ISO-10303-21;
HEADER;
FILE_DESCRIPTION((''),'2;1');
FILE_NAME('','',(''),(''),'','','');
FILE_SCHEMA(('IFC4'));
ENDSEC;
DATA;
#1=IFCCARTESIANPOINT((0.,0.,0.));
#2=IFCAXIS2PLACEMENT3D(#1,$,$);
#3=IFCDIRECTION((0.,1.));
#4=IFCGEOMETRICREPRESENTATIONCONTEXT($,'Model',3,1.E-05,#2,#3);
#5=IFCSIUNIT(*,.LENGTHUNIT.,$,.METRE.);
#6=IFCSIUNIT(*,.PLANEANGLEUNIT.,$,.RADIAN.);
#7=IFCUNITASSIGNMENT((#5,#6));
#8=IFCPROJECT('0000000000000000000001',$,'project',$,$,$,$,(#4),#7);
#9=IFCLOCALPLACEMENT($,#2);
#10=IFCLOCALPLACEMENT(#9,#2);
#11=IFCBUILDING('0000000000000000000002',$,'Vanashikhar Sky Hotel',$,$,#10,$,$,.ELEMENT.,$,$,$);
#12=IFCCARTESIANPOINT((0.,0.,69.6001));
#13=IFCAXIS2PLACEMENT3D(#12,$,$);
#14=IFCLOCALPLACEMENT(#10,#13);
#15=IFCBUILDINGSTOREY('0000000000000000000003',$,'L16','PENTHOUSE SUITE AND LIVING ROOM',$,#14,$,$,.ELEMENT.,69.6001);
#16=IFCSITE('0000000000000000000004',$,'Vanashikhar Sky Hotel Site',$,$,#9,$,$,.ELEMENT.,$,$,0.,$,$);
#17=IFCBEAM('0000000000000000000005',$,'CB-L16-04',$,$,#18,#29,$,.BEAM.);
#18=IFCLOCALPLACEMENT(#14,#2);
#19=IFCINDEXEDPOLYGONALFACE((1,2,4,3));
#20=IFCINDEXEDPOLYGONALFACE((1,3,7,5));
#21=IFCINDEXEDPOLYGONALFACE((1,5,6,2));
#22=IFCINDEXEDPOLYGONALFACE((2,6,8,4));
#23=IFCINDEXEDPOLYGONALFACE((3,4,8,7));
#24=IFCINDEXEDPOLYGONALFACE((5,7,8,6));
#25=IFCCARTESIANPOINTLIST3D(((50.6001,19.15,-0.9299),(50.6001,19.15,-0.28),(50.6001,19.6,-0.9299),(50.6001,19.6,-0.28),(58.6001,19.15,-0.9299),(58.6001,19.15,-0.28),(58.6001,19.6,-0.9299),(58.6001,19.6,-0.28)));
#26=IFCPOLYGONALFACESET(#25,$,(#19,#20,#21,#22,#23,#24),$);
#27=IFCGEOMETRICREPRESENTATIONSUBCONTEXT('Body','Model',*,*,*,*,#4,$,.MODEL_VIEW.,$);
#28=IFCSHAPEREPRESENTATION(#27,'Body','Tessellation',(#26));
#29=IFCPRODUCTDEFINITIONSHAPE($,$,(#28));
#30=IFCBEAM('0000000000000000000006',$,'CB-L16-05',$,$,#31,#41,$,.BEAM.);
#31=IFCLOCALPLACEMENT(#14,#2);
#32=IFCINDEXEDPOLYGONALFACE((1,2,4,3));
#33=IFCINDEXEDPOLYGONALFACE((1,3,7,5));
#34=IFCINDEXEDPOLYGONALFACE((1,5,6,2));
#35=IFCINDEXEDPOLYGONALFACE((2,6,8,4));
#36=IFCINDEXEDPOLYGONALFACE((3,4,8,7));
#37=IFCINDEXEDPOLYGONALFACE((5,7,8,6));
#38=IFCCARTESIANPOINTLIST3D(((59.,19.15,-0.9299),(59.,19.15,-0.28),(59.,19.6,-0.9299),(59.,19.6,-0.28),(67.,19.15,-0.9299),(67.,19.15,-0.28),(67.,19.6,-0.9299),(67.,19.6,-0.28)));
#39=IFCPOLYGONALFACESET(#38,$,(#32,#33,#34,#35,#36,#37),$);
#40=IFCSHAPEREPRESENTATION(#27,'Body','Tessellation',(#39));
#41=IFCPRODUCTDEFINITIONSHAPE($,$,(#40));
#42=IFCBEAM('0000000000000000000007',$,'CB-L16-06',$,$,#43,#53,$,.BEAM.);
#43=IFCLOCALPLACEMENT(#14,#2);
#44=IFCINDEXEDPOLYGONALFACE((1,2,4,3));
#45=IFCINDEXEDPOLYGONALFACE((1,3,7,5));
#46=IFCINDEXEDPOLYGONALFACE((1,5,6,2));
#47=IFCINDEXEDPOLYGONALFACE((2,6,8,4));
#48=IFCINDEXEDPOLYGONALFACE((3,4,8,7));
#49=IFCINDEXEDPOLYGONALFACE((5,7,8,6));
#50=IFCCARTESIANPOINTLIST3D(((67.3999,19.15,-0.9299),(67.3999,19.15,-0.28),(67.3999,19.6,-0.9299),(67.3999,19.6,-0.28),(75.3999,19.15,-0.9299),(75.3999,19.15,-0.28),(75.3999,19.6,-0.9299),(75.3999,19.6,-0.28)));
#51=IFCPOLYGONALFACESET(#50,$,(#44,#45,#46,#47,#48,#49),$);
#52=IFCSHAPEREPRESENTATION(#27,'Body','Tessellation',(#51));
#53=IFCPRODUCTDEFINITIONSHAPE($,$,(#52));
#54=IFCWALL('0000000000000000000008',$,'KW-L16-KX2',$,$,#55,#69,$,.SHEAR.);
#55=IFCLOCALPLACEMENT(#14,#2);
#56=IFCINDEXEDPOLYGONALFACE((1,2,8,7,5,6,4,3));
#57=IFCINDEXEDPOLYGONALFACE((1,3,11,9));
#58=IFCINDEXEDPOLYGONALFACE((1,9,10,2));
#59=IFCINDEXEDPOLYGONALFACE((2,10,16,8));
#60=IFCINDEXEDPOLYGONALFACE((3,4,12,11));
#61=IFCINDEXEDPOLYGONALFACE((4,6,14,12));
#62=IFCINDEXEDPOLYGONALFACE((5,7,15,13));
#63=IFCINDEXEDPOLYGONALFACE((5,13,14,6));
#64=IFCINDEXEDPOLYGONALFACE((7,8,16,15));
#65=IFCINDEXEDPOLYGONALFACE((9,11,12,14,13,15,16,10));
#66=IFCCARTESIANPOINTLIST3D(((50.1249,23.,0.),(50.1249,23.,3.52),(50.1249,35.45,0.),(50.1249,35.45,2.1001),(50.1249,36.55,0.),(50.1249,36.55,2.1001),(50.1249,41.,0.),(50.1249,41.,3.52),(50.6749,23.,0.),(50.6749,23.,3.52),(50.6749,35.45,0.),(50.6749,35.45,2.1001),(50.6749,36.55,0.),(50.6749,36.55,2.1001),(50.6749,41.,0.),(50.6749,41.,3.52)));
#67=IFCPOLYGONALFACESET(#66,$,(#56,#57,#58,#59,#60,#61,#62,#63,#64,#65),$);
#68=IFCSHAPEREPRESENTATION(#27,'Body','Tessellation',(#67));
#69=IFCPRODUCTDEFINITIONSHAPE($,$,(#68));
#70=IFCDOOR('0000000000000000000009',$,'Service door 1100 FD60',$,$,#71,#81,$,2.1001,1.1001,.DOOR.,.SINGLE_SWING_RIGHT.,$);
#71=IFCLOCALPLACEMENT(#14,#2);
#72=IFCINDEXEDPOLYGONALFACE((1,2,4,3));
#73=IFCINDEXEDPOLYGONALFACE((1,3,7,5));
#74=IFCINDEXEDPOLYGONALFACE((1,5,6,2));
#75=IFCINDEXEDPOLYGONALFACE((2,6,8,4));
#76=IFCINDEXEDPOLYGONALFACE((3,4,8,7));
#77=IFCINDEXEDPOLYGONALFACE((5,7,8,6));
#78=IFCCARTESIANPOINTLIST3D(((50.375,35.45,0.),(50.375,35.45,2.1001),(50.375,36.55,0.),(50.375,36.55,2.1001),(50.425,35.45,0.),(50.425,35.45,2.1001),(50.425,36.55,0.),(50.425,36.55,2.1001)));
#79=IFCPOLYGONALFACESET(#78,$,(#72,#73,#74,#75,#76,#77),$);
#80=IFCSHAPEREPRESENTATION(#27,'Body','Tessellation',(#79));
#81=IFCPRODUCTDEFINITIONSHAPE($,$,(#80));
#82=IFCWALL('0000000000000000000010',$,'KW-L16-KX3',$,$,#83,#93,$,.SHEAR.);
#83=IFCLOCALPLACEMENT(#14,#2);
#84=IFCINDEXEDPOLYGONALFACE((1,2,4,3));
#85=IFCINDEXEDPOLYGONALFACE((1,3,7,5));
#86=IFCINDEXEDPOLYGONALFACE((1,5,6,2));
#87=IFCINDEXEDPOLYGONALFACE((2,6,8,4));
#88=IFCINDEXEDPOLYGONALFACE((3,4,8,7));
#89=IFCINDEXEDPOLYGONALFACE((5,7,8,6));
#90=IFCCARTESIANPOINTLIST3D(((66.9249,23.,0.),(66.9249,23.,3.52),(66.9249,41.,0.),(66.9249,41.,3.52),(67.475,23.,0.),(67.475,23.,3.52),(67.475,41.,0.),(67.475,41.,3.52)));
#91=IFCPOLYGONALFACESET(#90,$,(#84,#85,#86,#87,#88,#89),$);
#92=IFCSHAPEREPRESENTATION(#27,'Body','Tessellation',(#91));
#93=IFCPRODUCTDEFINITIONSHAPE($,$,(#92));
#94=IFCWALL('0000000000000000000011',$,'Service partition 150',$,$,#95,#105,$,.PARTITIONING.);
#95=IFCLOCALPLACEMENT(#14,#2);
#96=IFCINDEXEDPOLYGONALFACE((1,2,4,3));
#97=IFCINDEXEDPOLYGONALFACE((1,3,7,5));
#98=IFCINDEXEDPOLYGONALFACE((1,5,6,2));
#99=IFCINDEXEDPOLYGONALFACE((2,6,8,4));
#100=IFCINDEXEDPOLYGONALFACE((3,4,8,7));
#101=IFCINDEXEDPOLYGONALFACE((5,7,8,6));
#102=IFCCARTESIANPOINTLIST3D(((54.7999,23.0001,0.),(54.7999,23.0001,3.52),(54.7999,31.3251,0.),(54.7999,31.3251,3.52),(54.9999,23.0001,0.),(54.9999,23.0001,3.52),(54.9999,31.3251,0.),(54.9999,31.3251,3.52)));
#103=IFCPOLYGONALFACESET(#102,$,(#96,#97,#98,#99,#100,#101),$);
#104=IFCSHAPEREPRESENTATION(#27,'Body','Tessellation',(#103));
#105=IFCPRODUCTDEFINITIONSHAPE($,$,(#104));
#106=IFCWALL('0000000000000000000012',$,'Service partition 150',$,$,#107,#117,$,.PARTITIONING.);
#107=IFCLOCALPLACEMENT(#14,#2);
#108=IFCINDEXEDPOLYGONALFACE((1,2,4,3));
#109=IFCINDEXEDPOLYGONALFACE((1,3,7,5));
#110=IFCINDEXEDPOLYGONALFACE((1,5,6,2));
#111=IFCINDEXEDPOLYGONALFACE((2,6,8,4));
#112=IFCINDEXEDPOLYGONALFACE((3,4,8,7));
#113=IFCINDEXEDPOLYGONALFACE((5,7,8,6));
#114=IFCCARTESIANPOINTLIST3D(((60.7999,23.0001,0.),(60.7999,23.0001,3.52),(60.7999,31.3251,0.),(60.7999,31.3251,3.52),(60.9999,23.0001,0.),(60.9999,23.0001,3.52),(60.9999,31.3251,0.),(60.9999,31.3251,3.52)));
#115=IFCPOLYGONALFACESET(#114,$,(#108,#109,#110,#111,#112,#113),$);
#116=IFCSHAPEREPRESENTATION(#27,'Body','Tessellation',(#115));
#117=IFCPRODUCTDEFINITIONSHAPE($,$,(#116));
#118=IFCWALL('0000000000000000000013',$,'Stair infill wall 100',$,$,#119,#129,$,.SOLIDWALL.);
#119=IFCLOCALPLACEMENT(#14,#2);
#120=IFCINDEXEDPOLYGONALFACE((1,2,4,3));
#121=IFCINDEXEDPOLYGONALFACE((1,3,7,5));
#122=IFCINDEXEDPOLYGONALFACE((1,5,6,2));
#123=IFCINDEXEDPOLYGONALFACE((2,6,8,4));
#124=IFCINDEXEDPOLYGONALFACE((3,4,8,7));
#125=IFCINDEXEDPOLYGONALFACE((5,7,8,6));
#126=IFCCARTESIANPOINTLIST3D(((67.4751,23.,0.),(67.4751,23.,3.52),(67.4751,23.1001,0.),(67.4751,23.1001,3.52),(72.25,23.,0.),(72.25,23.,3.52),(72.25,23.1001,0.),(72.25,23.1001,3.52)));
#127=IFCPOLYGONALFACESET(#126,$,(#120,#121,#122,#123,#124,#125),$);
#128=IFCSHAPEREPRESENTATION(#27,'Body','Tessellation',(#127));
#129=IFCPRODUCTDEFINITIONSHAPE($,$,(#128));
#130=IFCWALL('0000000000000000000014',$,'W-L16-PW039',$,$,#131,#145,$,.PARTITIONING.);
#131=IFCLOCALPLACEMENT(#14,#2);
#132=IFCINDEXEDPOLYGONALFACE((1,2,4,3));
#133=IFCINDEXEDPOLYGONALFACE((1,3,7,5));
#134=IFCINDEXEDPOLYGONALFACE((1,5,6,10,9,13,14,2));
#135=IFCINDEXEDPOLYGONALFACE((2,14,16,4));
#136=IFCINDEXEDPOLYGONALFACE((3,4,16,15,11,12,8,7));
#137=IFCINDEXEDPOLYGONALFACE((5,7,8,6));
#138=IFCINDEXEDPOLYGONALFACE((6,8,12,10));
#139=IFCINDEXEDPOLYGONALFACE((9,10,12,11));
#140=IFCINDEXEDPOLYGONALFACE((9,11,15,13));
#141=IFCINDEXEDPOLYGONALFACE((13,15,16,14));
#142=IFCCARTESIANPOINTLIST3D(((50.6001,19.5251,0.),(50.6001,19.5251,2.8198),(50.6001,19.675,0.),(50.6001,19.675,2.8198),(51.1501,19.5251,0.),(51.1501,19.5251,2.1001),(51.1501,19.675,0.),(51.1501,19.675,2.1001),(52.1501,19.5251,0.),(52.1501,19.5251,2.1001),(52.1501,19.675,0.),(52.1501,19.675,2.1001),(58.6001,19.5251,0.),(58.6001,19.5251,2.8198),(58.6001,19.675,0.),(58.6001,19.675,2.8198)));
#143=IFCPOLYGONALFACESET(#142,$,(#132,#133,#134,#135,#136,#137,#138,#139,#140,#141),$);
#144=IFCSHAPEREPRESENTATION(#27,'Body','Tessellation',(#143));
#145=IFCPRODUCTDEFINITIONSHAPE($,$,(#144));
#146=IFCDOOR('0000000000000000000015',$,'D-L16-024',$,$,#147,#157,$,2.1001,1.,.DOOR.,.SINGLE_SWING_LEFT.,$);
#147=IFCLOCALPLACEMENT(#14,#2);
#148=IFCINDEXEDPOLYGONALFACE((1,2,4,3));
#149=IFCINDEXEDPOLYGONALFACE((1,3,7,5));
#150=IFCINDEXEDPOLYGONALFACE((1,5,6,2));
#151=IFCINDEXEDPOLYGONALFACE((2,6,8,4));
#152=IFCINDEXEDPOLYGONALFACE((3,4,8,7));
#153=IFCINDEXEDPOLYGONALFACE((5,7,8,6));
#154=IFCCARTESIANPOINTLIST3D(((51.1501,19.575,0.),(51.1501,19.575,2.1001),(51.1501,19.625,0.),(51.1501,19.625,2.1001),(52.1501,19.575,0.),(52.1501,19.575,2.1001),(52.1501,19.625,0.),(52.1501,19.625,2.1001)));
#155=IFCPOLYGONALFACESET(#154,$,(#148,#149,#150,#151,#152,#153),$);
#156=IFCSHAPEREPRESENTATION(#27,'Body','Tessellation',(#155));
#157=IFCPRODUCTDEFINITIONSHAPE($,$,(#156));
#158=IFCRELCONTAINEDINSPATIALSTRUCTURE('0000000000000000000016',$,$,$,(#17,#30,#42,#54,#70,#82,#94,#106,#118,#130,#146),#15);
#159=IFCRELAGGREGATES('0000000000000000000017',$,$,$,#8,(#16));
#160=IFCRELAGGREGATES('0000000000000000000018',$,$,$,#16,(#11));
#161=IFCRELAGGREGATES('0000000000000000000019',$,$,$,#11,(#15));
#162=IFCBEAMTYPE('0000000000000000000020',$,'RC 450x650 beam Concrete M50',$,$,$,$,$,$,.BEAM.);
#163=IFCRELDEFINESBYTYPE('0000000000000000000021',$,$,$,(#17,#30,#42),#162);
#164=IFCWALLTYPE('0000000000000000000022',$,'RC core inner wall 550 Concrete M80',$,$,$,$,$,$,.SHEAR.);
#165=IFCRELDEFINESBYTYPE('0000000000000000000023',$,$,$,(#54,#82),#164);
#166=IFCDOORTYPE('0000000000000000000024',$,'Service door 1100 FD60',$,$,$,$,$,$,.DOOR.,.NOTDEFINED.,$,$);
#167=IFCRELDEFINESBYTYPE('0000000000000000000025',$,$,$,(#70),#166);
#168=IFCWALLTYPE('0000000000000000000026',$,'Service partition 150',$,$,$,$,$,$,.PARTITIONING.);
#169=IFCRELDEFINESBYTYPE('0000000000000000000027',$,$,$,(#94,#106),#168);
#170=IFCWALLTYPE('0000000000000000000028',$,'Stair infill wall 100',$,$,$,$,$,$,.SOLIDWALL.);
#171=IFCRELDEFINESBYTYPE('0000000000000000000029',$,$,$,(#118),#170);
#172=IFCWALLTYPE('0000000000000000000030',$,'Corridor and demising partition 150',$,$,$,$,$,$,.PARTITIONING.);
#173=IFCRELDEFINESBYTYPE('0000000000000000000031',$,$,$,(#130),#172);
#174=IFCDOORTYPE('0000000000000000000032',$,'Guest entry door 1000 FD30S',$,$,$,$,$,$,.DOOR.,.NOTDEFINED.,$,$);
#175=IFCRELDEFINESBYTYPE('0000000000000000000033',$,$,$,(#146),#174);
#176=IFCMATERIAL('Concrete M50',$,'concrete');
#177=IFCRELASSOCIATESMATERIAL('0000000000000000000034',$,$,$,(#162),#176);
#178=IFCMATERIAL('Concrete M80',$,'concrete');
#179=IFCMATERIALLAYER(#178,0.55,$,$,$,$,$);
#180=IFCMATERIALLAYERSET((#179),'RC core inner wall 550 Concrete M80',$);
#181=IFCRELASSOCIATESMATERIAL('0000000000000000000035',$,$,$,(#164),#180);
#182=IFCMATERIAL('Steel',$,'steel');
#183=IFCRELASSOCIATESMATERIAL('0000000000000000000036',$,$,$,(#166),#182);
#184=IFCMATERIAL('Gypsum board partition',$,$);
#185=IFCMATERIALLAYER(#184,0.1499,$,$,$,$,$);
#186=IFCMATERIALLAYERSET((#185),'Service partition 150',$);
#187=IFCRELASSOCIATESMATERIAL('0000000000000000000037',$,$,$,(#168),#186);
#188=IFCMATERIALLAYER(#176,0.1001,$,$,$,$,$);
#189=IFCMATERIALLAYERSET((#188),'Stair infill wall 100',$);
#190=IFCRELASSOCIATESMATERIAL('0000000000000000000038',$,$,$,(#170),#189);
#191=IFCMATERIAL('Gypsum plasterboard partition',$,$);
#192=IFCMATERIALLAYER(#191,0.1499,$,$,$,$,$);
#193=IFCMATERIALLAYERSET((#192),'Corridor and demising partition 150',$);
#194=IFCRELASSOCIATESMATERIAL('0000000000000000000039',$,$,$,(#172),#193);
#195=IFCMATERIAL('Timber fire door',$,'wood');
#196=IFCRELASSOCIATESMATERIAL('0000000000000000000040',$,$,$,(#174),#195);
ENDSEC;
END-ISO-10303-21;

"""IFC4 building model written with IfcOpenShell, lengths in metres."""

from ifc_helpers import new_model, si_unit, direction, frame, frame_2d, origin, origin_2d, place, context, subcontext, project, spatial, rectangle, extrude, source, transform, mapped, material, layer, layer_set, material_profile, profile_set, type_object, element, fill, save


model = new_model("IFC4")

# Units and contexts
model_context = context("Model", 3, precision=1e-05, world=origin(), true_north=direction((0.0, 1.0)))
body_context = subcontext(model_context, "Body", "Model", "MODEL_VIEW")
ifc_project = project(units=[si_unit("LENGTHUNIT", "METRE"), si_unit("PLANEANGLEUNIT", "RADIAN")], contexts=[model_context])

# Site, building, storey
site_placement = place(None, origin())
site = spatial("IfcSite", under=ifc_project, at=site_placement, Name="Vanashikhar Sky Hotel Site", CompositionType="ELEMENT", RefElevation=0.0)
building_placement = place(site_placement, origin())
building = spatial("IfcBuilding", under=site, at=building_placement, Name="Vanashikhar Sky Hotel", CompositionType="ELEMENT")
storey_placement = place(building_placement, frame((0.0, 0.0, 69.6001)))
storey = spatial("IfcBuildingStorey", under=building, at=storey_placement, Name="L16", Description="PENTHOUSE SUITE AND LIVING ROOM", CompositionType="ELEMENT", Elevation=69.6001)

# Beams
ifc_material_1 = material(Name="Concrete M50", Category="concrete")
ifc_material_profile = material_profile(ifc_material_1, rectangle(XDim=0.45, YDim=0.6499, at=origin_2d()))
ifc_profile_set = profile_set([ifc_material_profile], Name="RC 450x650 beam Concrete M50")
beam_type = type_object("IfcBeamType", Name="RC 450x650 beam Concrete M50", PredefinedType="BEAM", material=ifc_profile_set)
shared_shape_1 = source(origin(), body_context, "Body", "SweptSolid", [
    extrude(rectangle(XDim=0.45, YDim=0.6499, at=origin_2d()), origin(), (0.0, 0.0, 1.0), 8.0),
])
for number, where, z_axis, x_axis, name in (
    (1, (50.6001, 19.375, -0.605), (1.0, 0.0, 0.0), (0.0, 1.0, 0.0), "CB-L16-04"),
    (2, (59.0, 19.375, -0.605), (1.0, 0.0, 0.0), (0.0, 1.0, 0.0), "CB-L16-05"),
    (3, (67.3999, 19.375, -0.605), (1.0, 0.0, 0.0), (0.0, 1.0, 0.0), "CB-L16-06"),
):
    element("IfcBeam", number, at=place(storey_placement, frame(where, z_axis=z_axis, x_axis=x_axis)), inside=storey, type_object=beam_type, Name=name, PredefinedType="BEAM", context=body_context, shape_type="MappedRepresentation", body=[
        mapped(shared_shape_1, transform((0.0, 0.0, 0.0), scale=1.0)),
    ])

# Wall, opening, door
ifc_material_2 = material(Name="Concrete M80", Category="concrete")
ifc_layer_1 = layer(ifc_material_2, 0.55)
ifc_layer_set_1 = layer_set([ifc_layer_1], Name="RC core inner wall 550 Concrete M80")
wall_type_1 = type_object("IfcWallType", Name="RC core inner wall 550 Concrete M80", PredefinedType="SHEAR", material=ifc_layer_set_1)
shared_shape_2 = source(origin(), body_context, "Body", "SweptSolid", [
    extrude(rectangle(XDim=18.0, YDim=0.55, at=frame_2d((9.0, 0.0))), origin(), (0.0, 0.0, 1.0), 3.52),
])
wall_1_placement = place(storey_placement, frame((50.3999, 23.0, 0.0), z_axis=(0.0, 0.0, 1.0), x_axis=(0.0, 1.0, 0.0)))
wall_1 = element("IfcWall", 4, at=wall_1_placement, inside=storey, type_object=wall_type_1, Name="KW-L16-KX2", PredefinedType="SHEAR", context=body_context, shape_type="MappedRepresentation", body=[
    mapped(shared_shape_2, transform((0.0, 0.0, 0.0), scale=1.0)),
])
shared_shape_3 = source(origin(), body_context, "Body", "SweptSolid", [
    extrude(rectangle(XDim=1.1001, YDim=2.1001, at=frame_2d((0.55, 1.05))), frame((0.0, 0.2852, 0.0), z_axis=(0.0, -1.0, 0.0), x_axis=(1.0, 0.0, 0.0)), (0.0, 0.0, 1.0), 0.5701),
])
opening_1_placement = place(wall_1_placement, frame((12.45, 0.0, 0.0)))
opening_1 = element("IfcOpeningElement", 5, at=opening_1_placement, cuts=wall_1, PredefinedType="OPENING", context=body_context, shape_type="MappedRepresentation", body=[
    mapped(shared_shape_3, transform((0.0, 0.0, 0.0), scale=1.0)),
])
ifc_material_3 = material(Name="Steel", Category="steel")
door_type_1 = type_object("IfcDoorType", Name="Service door 1100 FD60", OperationType="NOTDEFINED", PredefinedType="DOOR", material=ifc_material_3)
shared_shape_4 = source(origin(), body_context, "Body", "SweptSolid", [
    extrude(rectangle(XDim=1.1001, YDim=2.1001, at=frame_2d((0.55, 1.05))), frame((0.0, 0.0249, 0.0), z_axis=(0.0, -1.0, 0.0), x_axis=(1.0, 0.0, 0.0)), (0.0, 0.0, 1.0), 0.05),
])
door_1_placement = place(opening_1_placement, origin())
door_1 = element("IfcDoor", 6, at=door_1_placement, inside=storey, type_object=door_type_1, Name="Service door 1100 FD60", OperationType="SINGLE_SWING_RIGHT", OverallHeight=2.1001, OverallWidth=1.1001, PredefinedType="DOOR", context=body_context, shape_type="MappedRepresentation", body=[
    mapped(shared_shape_4, transform((0.0, 0.0, 0.0), scale=1.0)),
])
fill(opening_1, door_1)

# Walls
wall_2_placement = place(storey_placement, frame((67.2, 23.0, 0.0), z_axis=(0.0, 0.0, 1.0), x_axis=(0.0, 1.0, 0.0)))
element("IfcWall", 7, at=wall_2_placement, inside=storey, type_object=wall_type_1, Name="KW-L16-KX3", PredefinedType="SHEAR", context=body_context, shape_type="MappedRepresentation", body=[
    mapped(shared_shape_2, transform((0.0, 0.0, 0.0), scale=1.0)),
])
ifc_material_4 = material(Name="Gypsum board partition")
ifc_layer_2 = layer(ifc_material_4, 0.1499)
ifc_layer_set_2 = layer_set([ifc_layer_2], Name="Service partition 150")
wall_type_2 = type_object("IfcWallType", Name="Service partition 150", PredefinedType="PARTITIONING", material=ifc_layer_set_2)
shared_shape_5 = source(origin(), body_context, "Body", "SweptSolid", [
    extrude(rectangle(XDim=8.325, YDim=0.2, at=frame_2d((4.1626, 0.0))), origin(), (0.0, 0.0, 1.0), 3.52),
])
for number, where, z_axis, x_axis, name in (
    (8, (54.8999, 23.0, 0.0), (0.0, 0.0, 1.0), (0.0, 1.0, 0.0), "Service partition 150"),
    (9, (60.8999, 23.0, 0.0), (0.0, 0.0, 1.0), (0.0, 1.0, 0.0), "Service partition 150"),
):
    element("IfcWall", number, at=place(storey_placement, frame(where, z_axis=z_axis, x_axis=x_axis)), inside=storey, type_object=wall_type_2, Name=name, PredefinedType="PARTITIONING", context=body_context, shape_type="MappedRepresentation", body=[
        mapped(shared_shape_5, transform((0.0, 0.0, 0.0), scale=1.0)),
    ])
ifc_layer_3 = layer(ifc_material_1, 0.1001)
ifc_layer_set_3 = layer_set([ifc_layer_3], Name="Stair infill wall 100")
wall_type_3 = type_object("IfcWallType", Name="Stair infill wall 100", PredefinedType="SOLIDWALL", material=ifc_layer_set_3)
shared_shape_6 = source(origin(), body_context, "Body", "SweptSolid", [
    extrude(rectangle(XDim=4.7749, YDim=0.1001, at=frame_2d((2.3875, 0.0))), origin(), (0.0, 0.0, 1.0), 3.52),
])
wall_3_placement = place(storey_placement, frame((67.4751, 23.05, 0.0), z_axis=(0.0, 0.0, 1.0), x_axis=(1.0, 0.0, 0.0)))
element("IfcWall", 10, at=wall_3_placement, inside=storey, type_object=wall_type_3, Name="Stair infill wall 100", PredefinedType="SOLIDWALL", context=body_context, shape_type="MappedRepresentation", body=[
    mapped(shared_shape_6, transform((0.0, 0.0, 0.0), scale=1.0)),
])

# Wall, opening, door
ifc_material_5 = material(Name="Gypsum plasterboard partition")
ifc_layer_4 = layer(ifc_material_5, 0.1499)
ifc_layer_set_4 = layer_set([ifc_layer_4], Name="Corridor and demising partition 150")
wall_type_4 = type_object("IfcWallType", Name="Corridor and demising partition 150", PredefinedType="PARTITIONING", material=ifc_layer_set_4)
shared_shape_7 = source(origin(), body_context, "Body", "SweptSolid", [
    extrude(rectangle(XDim=8.0, YDim=0.1499, at=frame_2d((4.0, 0.0))), origin(), (0.0, 0.0, 1.0), 2.8198),
])
wall_4_placement = place(storey_placement, frame((50.6001, 19.6001, 0.0), z_axis=(0.0, 0.0, 1.0), x_axis=(1.0, 0.0, 0.0)))
wall_4 = element("IfcWall", 11, at=wall_4_placement, inside=storey, type_object=wall_type_4, Name="W-L16-PW039", PredefinedType="PARTITIONING", context=body_context, shape_type="MappedRepresentation", body=[
    mapped(shared_shape_7, transform((0.0, 0.0, 0.0), scale=1.0)),
])
shared_shape_8 = source(origin(), body_context, "Body", "SweptSolid", [
    extrude(rectangle(XDim=1.0, YDim=2.1001, at=frame_2d((0.5, 1.05))), frame((0.0, 0.085, 0.0), z_axis=(0.0, -1.0, 0.0), x_axis=(1.0, 0.0, 0.0)), (0.0, 0.0, 1.0), 0.1699),
])
opening_2_placement = place(wall_4_placement, frame((0.55, 0.0, 0.0)))
opening_2 = element("IfcOpeningElement", 12, at=opening_2_placement, cuts=wall_4, PredefinedType="OPENING", context=body_context, shape_type="MappedRepresentation", body=[
    mapped(shared_shape_8, transform((0.0, 0.0, 0.0), scale=1.0)),
])
ifc_material_6 = material(Name="Timber fire door", Category="wood")
door_type_2 = type_object("IfcDoorType", Name="Guest entry door 1000 FD30S", OperationType="NOTDEFINED", PredefinedType="DOOR", material=ifc_material_6)
shared_shape_9 = source(origin(), body_context, "Body", "SweptSolid", [
    extrude(rectangle(XDim=1.0, YDim=2.1001, at=frame_2d((0.5, 1.05))), frame((0.0, 0.0249, 0.0), z_axis=(0.0, -1.0, 0.0), x_axis=(1.0, 0.0, 0.0)), (0.0, 0.0, 1.0), 0.05),
])
door_2_placement = place(opening_2_placement, origin())
door_2 = element("IfcDoor", 13, at=door_2_placement, inside=storey, type_object=door_type_2, Name="D-L16-024", OperationType="SINGLE_SWING_LEFT", OverallHeight=2.1001, OverallWidth=1.0, PredefinedType="DOOR", context=body_context, shape_type="MappedRepresentation", body=[
    mapped(shared_shape_9, transform((0.0, 0.0, 0.0), scale=1.0)),
])
fill(opening_2, door_2)

save(model, "model.ifc")
